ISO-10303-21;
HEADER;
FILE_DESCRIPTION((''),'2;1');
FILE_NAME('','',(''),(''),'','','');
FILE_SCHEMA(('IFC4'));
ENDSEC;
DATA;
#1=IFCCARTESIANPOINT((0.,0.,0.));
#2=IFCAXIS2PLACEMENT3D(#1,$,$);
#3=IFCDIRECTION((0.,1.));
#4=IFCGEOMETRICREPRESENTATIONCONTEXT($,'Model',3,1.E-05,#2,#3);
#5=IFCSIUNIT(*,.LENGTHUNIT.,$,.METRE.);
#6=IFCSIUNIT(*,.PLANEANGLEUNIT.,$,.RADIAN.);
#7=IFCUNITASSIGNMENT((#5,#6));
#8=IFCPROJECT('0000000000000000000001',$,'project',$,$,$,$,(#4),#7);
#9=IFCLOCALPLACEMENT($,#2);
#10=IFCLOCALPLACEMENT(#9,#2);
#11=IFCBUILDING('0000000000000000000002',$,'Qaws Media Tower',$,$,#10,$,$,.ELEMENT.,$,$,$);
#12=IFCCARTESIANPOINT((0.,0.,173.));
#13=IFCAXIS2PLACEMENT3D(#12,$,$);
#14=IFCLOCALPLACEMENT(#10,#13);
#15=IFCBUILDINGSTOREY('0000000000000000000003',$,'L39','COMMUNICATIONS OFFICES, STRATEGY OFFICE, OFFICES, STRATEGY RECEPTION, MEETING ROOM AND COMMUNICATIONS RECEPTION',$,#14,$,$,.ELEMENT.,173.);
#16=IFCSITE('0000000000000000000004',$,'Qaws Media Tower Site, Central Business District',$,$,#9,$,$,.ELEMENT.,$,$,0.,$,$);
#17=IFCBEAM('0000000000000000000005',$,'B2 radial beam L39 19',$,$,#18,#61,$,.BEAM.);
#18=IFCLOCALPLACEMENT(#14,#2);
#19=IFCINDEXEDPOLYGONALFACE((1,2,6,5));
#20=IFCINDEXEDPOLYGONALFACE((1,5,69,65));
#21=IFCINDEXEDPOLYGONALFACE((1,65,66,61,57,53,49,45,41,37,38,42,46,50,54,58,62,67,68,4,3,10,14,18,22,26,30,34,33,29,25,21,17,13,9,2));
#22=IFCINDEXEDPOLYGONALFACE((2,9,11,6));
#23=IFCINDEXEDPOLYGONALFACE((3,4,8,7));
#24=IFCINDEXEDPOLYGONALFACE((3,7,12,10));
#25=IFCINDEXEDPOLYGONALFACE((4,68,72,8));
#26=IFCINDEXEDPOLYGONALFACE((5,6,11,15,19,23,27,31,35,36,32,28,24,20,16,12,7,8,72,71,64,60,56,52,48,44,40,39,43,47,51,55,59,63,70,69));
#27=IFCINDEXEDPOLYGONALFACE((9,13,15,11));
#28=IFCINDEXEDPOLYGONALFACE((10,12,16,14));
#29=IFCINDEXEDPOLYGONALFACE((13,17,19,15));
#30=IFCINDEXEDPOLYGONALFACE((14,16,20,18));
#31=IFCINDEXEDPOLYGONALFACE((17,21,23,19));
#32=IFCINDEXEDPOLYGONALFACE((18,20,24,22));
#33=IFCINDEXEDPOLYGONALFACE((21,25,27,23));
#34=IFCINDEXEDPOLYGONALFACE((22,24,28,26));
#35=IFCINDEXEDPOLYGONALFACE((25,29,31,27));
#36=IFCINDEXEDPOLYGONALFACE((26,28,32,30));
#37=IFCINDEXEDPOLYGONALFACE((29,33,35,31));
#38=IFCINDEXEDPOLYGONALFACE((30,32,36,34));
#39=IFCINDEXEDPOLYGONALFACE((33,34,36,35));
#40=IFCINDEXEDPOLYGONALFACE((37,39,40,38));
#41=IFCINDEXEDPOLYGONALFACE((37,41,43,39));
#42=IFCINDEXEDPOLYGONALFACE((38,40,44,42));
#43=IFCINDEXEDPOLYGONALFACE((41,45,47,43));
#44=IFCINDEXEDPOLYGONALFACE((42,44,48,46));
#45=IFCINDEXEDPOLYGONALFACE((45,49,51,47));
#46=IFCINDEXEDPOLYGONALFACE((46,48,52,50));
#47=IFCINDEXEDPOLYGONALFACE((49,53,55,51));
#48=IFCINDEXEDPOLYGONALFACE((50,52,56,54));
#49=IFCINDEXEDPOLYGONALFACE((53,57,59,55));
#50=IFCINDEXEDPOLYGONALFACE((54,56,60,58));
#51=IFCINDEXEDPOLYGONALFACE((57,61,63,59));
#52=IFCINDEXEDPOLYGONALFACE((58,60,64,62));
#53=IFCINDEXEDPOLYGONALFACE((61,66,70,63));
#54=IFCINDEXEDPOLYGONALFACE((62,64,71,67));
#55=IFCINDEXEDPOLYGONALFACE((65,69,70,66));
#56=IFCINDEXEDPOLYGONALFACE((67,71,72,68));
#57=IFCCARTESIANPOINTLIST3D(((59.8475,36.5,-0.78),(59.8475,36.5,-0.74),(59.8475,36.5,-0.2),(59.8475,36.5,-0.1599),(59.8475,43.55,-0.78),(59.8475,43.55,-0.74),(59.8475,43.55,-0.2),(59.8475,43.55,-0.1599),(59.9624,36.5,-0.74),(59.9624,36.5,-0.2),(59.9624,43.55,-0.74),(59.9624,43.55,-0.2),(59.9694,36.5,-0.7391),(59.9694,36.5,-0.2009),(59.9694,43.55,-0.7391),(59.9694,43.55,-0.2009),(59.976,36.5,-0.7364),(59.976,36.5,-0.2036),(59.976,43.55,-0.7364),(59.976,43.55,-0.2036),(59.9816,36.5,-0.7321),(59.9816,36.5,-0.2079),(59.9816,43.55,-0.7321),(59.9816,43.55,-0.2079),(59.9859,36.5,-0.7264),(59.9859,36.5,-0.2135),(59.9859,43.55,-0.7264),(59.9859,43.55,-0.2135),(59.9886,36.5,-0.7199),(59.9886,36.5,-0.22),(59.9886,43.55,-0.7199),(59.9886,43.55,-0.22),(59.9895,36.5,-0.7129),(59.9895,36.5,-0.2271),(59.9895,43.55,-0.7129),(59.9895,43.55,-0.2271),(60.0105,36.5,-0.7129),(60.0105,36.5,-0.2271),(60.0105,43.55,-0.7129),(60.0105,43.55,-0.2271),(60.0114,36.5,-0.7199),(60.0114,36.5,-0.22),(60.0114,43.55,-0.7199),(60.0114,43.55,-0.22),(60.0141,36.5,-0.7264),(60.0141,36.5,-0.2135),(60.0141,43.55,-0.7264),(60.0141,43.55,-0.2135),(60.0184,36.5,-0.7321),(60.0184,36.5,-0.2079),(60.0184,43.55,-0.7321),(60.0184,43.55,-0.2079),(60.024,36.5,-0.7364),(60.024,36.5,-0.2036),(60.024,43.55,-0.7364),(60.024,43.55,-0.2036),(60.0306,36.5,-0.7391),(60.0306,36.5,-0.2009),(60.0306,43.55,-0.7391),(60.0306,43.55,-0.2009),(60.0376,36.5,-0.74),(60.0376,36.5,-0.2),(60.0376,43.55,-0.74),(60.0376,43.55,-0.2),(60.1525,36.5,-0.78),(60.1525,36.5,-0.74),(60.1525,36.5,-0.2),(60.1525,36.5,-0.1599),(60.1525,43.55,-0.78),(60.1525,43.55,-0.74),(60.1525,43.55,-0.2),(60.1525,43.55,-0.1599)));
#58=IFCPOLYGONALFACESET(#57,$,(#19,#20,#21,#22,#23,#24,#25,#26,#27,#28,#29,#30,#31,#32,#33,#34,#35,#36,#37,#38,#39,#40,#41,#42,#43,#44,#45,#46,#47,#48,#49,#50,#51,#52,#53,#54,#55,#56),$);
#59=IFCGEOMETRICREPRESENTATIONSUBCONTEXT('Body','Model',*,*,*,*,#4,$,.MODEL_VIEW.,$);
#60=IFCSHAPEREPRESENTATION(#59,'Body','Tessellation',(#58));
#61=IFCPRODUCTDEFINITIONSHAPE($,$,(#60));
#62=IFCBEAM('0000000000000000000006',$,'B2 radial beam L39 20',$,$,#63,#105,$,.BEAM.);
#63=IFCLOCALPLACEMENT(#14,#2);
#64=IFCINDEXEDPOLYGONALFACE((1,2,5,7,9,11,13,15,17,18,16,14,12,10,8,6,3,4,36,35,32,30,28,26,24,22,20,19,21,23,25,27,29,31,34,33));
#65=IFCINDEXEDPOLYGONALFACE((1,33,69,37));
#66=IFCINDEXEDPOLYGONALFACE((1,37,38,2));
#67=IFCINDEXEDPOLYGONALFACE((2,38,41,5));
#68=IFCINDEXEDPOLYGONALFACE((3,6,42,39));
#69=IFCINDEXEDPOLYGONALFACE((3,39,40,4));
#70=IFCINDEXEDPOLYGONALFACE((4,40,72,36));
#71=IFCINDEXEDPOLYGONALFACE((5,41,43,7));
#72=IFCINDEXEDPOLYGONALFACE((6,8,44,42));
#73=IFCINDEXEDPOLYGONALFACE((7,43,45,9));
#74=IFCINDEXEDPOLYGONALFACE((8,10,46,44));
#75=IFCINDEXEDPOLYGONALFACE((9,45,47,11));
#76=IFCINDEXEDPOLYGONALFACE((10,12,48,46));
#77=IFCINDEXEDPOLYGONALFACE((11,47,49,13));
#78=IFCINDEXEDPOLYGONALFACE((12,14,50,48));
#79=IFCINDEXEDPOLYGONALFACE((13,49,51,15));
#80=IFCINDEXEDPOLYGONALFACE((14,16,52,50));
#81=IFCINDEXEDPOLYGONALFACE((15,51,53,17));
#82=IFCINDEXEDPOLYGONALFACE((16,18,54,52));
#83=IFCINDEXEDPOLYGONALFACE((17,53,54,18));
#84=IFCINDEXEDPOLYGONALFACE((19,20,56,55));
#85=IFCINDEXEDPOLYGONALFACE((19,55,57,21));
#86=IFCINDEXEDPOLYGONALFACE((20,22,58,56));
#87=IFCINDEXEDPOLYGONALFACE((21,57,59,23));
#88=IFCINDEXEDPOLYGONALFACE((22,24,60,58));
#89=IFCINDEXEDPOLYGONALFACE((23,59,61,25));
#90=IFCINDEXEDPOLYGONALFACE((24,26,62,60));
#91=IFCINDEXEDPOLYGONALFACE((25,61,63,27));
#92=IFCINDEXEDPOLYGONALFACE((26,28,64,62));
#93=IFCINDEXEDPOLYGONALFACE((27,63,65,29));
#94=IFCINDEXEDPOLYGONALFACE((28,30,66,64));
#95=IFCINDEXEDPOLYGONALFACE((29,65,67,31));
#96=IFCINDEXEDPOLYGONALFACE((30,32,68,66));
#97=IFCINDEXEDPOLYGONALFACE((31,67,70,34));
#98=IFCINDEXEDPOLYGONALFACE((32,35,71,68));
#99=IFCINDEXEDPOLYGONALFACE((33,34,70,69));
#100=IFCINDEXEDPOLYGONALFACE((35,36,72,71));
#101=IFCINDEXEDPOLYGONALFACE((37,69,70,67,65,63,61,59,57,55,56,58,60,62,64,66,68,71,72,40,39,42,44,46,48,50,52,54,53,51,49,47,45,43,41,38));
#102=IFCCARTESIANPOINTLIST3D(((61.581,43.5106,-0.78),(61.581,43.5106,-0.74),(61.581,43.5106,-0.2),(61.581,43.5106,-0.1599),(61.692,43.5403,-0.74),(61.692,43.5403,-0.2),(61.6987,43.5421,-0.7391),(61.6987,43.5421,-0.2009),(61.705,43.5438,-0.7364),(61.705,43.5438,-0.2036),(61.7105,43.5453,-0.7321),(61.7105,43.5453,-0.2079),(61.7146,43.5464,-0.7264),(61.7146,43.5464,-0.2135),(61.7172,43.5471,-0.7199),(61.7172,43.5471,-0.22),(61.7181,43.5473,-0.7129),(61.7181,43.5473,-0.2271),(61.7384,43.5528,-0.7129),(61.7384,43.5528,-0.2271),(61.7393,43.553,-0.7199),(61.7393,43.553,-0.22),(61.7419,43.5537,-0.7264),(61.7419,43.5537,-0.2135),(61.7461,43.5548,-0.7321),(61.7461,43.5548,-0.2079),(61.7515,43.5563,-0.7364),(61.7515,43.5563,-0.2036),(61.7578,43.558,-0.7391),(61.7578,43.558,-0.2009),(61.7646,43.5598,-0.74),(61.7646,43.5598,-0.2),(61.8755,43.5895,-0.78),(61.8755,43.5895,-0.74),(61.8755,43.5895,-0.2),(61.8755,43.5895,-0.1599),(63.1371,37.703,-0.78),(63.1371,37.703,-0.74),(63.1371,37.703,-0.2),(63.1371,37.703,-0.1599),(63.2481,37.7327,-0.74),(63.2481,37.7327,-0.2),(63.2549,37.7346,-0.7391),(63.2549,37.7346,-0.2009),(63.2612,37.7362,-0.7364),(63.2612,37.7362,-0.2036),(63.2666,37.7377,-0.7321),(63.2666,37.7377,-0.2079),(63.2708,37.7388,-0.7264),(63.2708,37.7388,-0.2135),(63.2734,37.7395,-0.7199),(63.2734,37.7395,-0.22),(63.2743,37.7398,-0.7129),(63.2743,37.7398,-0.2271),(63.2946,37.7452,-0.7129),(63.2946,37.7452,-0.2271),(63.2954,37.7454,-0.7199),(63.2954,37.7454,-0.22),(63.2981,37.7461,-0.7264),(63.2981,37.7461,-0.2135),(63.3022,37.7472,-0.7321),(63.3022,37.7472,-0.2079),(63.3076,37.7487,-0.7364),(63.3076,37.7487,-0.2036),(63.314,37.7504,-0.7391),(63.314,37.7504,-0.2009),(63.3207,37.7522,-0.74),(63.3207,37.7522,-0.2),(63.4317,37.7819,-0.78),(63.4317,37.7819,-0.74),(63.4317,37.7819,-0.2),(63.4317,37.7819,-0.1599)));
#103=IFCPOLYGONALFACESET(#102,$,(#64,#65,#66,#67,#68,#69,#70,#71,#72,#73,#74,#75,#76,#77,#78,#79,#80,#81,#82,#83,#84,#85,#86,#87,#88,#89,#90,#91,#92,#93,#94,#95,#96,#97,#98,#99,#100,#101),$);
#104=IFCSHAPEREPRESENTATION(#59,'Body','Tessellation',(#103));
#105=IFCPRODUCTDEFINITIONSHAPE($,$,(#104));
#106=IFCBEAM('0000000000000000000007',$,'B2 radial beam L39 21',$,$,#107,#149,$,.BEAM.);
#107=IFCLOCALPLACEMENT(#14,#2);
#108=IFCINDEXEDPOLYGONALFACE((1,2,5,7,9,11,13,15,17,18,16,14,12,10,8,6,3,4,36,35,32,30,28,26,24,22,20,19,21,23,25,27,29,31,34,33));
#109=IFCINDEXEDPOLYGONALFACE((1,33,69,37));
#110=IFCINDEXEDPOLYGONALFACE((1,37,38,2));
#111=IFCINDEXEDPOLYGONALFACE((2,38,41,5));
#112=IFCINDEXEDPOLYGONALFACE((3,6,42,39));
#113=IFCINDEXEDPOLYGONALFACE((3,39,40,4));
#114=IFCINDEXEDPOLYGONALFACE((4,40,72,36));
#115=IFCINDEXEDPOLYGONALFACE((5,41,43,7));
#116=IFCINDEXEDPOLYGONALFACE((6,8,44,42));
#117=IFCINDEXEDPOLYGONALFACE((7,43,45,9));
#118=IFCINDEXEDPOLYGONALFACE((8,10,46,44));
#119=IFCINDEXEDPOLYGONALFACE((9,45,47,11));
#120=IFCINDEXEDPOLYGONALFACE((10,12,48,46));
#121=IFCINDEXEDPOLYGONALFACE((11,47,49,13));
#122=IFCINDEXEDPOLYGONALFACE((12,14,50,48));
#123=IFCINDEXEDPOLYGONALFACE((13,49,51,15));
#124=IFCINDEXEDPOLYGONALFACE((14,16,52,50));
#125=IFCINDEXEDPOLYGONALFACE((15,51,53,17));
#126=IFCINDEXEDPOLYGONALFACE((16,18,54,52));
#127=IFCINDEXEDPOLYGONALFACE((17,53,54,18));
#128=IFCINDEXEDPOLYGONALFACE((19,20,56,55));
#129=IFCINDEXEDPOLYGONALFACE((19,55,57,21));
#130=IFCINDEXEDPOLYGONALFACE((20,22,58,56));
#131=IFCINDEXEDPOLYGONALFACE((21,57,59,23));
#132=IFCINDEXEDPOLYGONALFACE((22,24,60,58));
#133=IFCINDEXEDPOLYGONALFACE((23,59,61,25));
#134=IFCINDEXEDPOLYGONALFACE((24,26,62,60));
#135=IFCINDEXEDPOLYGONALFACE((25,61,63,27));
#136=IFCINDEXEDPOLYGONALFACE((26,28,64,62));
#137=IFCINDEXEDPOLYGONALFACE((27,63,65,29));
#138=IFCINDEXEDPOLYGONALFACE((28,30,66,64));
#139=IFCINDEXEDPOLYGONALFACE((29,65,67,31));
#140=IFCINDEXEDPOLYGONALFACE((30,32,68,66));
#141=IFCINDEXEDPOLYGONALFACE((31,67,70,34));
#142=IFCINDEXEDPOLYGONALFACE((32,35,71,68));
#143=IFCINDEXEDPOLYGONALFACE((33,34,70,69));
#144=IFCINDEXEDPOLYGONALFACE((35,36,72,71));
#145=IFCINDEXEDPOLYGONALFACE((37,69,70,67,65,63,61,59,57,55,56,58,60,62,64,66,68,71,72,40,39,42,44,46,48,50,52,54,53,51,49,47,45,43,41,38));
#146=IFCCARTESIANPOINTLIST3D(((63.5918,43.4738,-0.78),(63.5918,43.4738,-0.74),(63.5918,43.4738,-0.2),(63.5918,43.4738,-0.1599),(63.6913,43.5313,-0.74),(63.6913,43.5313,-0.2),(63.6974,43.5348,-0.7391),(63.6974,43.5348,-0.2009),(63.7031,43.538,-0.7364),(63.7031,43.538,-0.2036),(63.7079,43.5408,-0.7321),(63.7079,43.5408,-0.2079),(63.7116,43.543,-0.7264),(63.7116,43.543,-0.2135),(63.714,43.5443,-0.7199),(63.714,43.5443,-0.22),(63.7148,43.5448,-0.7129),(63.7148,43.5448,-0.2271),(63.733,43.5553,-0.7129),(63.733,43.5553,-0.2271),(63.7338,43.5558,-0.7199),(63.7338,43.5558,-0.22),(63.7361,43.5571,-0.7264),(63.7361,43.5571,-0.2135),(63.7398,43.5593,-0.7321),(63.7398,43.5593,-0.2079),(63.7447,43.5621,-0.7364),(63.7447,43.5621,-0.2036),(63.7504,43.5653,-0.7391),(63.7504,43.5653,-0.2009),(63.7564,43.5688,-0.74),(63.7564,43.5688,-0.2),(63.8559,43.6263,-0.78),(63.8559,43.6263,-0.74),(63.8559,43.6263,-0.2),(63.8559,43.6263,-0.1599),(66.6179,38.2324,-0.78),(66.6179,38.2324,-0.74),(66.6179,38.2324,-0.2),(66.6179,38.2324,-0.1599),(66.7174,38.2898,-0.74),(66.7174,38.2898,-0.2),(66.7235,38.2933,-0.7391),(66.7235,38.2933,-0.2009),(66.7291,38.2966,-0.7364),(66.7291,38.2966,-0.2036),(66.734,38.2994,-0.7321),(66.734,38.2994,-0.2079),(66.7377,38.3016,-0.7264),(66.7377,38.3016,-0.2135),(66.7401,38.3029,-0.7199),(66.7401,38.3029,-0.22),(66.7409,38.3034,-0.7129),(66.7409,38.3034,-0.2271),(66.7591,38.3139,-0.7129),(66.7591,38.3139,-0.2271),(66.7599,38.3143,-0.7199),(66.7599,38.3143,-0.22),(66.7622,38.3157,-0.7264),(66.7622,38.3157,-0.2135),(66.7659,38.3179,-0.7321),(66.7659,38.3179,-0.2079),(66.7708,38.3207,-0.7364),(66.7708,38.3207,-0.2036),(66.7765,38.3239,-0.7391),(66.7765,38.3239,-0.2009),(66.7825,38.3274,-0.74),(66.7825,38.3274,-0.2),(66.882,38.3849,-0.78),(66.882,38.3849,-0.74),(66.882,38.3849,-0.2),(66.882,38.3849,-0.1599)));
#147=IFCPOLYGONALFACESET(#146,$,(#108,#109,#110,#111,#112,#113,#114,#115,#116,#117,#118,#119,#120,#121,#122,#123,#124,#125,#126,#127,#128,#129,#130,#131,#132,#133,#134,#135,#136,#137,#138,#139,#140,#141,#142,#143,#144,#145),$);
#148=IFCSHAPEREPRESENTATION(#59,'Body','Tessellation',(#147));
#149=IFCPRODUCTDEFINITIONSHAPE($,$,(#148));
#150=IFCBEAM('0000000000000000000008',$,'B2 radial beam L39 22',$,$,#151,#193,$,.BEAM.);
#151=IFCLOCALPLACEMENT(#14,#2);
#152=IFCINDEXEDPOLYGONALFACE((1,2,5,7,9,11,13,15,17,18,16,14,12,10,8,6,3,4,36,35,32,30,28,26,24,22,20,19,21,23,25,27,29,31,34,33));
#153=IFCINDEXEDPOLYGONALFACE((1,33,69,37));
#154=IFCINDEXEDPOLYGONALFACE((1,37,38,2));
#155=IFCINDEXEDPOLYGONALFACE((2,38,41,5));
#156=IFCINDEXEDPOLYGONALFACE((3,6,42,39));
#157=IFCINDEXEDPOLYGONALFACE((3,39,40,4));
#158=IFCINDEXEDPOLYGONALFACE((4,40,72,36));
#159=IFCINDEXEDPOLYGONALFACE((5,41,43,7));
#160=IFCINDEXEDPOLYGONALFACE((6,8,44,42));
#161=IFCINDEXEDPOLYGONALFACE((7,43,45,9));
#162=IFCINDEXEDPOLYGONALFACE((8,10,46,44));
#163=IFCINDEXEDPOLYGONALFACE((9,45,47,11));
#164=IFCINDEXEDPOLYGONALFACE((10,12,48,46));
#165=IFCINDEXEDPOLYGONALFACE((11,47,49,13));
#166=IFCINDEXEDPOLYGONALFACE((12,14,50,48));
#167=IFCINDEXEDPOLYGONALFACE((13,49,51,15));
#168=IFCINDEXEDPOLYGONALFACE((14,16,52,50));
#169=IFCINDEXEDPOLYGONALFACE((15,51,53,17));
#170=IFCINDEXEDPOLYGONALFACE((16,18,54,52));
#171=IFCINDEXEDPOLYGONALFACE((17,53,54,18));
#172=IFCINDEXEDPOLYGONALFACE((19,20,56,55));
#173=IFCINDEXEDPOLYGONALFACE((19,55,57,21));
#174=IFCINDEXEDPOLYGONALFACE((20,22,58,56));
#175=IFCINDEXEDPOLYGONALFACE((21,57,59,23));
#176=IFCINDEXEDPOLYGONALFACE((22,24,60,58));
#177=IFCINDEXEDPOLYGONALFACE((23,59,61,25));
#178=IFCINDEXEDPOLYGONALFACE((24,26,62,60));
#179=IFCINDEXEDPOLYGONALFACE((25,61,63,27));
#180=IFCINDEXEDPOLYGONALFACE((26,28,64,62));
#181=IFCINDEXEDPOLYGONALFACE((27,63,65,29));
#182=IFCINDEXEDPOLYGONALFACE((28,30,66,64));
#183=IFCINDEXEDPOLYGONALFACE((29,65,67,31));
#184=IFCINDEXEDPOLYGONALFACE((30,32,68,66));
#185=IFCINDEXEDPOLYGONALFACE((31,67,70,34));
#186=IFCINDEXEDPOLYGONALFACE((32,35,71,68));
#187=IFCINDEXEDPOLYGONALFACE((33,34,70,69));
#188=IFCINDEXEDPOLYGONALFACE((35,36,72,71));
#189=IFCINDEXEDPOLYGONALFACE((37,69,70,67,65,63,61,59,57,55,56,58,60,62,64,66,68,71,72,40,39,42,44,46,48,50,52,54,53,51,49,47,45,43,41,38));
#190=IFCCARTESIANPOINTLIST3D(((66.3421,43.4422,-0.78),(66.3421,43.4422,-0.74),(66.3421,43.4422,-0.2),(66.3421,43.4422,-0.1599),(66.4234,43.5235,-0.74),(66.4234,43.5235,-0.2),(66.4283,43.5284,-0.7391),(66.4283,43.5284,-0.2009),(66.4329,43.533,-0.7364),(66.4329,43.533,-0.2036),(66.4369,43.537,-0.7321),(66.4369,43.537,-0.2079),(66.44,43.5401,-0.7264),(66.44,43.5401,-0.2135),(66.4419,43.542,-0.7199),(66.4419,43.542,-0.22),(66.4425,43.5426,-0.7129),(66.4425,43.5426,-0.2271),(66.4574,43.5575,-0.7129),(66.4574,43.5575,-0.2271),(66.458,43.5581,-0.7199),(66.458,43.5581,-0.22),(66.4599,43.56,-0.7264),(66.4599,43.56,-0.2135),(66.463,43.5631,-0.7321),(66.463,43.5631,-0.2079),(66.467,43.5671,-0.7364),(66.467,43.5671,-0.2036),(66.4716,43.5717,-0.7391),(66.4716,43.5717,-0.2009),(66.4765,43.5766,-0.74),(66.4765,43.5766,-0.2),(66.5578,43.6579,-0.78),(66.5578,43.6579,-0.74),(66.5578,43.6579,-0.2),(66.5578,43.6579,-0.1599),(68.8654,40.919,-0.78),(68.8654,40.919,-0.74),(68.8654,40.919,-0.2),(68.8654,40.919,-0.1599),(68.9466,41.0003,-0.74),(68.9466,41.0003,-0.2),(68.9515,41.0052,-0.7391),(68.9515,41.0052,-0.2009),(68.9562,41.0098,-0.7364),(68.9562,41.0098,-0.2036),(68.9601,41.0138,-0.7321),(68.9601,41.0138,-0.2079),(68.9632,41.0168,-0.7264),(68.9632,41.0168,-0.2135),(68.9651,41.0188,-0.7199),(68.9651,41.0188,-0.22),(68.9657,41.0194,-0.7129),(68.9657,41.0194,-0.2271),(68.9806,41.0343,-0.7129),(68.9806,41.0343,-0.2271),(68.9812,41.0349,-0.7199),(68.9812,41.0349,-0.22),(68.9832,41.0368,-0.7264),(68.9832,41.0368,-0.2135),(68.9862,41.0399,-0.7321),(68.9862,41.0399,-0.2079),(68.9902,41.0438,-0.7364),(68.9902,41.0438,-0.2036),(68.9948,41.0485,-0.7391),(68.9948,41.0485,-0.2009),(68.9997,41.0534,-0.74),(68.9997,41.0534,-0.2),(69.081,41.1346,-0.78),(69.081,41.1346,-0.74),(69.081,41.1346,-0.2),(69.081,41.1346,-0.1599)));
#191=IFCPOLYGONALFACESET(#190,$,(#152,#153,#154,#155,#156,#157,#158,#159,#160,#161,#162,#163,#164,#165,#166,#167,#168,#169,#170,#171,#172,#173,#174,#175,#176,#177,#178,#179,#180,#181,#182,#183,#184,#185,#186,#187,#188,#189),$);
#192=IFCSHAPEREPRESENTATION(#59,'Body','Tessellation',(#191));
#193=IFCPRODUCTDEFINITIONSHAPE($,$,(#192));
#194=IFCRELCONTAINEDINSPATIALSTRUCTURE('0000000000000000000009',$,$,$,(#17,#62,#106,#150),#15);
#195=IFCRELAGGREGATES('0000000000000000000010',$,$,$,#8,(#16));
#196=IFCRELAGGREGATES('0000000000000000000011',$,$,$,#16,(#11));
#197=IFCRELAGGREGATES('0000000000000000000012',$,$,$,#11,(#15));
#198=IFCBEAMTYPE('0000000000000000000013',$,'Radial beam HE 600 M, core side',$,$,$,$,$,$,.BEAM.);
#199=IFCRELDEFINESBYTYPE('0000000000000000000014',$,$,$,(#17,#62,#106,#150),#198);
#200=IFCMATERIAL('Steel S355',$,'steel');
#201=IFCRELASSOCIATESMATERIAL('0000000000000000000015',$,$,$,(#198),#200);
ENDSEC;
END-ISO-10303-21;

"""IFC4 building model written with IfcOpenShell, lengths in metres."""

from ifc_helpers import new_model, si_unit, direction, frame, origin, origin_2d, place, context, subcontext, project, spatial, i_section, extrude, material, material_profile, profile_set, type_object, element, save


model = new_model("IFC4")

# Units and contexts
model_context = context("Model", 3, precision=1e-05, world=origin(), true_north=direction((0.0, 1.0)))
body_context = subcontext(model_context, "Body", "Model", "MODEL_VIEW")
ifc_project = project(units=[si_unit("LENGTHUNIT", "METRE"), si_unit("PLANEANGLEUNIT", "RADIAN")], contexts=[model_context])

# Site, building, storey
site_placement = place(None, origin())
site = spatial("IfcSite", under=ifc_project, at=site_placement, Name="Qaws Media Tower Site, Central Business District", CompositionType="ELEMENT", RefElevation=0.0)
building_placement = place(site_placement, origin())
building = spatial("IfcBuilding", under=site, at=building_placement, Name="Qaws Media Tower", CompositionType="ELEMENT")
storey_placement = place(building_placement, frame((0.0, 0.0, 173.0)))
storey = spatial("IfcBuildingStorey", under=building, at=storey_placement, Name="L39", Description="COMMUNICATIONS OFFICES, STRATEGY OFFICE, OFFICES, STRATEGY RECEPTION, MEETING ROOM AND COMMUNICATIONS RECEPTION", CompositionType="ELEMENT", Elevation=173.0)

# Beams
ifc_material_1 = material(Name="Steel S355", Category="steel")
ifc_material_profile_1 = material_profile(ifc_material_1, i_section(OverallWidth=0.3049, OverallDepth=0.6201, WebThickness=0.021, FlangeThickness=0.04, FilletRadius=0.0271, at=origin_2d()), Name="HE 600 M")
ifc_profile_set_1 = profile_set([ifc_material_profile_1], Name="Steel S355")
beam_type_1 = type_object("IfcBeamType", Name="Radial beam HE 600 M, core side", PredefinedType="BEAM", material=ifc_profile_set_1)
beam_1_placement = place(storey_placement, frame((60.0, 43.55, -0.47), z_axis=(0.0, -1.0, 0.0), x_axis=(1.0, 0.0, 0.0)))
element("IfcBeam", 1, at=beam_1_placement, inside=storey, type_object=beam_type_1, Name="B2 radial beam L39 19", PredefinedType="BEAM", context=body_context, shape_type="SweptSolid", body=[
    extrude(i_section(OverallWidth=0.3049, OverallDepth=0.6201, WebThickness=0.021, FlangeThickness=0.04, FilletRadius=0.0271, at=origin_2d()), origin(), (0.0, 0.0, 1.0), 7.05),
])
beam_2_placement = place(storey_placement, frame((61.7283, 43.55, -0.47), z_axis=(0.25882, -0.965926, 0.0), x_axis=(0.965926, 0.25882, 0.0)))
element("IfcBeam", 2, at=beam_2_placement, inside=storey, type_object=beam_type_1, Name="B2 radial beam L39 20", PredefinedType="BEAM", context=body_context, shape_type="SweptSolid", body=[
    extrude(i_section(OverallWidth=0.3049, OverallDepth=0.6201, WebThickness=0.021, FlangeThickness=0.04, FilletRadius=0.0271, at=origin_2d()), origin(), (0.0, 0.0, 1.0), 6.0125),
])
beam_3_placement = place(storey_placement, frame((63.7239, 43.55, -0.47), z_axis=(0.499996, -0.866028, 0.0), x_axis=(0.866028, 0.499996, 0.0)))
element("IfcBeam", 3, at=beam_3_placement, inside=storey, type_object=beam_type_1, Name="B2 radial beam L39 21", PredefinedType="BEAM", context=body_context, shape_type="SweptSolid", body=[
    extrude(i_section(OverallWidth=0.3049, OverallDepth=0.6201, WebThickness=0.021, FlangeThickness=0.04, FilletRadius=0.0271, at=origin_2d()), origin(), (0.0, 0.0, 1.0), 6.0522),
])
beam_4_placement = place(storey_placement, frame((66.45, 43.55, -0.47), z_axis=(0.707107, -0.707107, 0.0), x_axis=(0.707107, 0.707107, 0.0)))
element("IfcBeam", 4, at=beam_4_placement, inside=storey, type_object=beam_type_1, Name="B2 radial beam L39 22", PredefinedType="BEAM", context=body_context, shape_type="SweptSolid", body=[
    extrude(i_section(OverallWidth=0.3049, OverallDepth=0.6201, WebThickness=0.021, FlangeThickness=0.04, FilletRadius=0.0271, at=origin_2d()), origin(), (0.0, 0.0, 1.0), 3.5684),
])

save(model, "model.ifc")
